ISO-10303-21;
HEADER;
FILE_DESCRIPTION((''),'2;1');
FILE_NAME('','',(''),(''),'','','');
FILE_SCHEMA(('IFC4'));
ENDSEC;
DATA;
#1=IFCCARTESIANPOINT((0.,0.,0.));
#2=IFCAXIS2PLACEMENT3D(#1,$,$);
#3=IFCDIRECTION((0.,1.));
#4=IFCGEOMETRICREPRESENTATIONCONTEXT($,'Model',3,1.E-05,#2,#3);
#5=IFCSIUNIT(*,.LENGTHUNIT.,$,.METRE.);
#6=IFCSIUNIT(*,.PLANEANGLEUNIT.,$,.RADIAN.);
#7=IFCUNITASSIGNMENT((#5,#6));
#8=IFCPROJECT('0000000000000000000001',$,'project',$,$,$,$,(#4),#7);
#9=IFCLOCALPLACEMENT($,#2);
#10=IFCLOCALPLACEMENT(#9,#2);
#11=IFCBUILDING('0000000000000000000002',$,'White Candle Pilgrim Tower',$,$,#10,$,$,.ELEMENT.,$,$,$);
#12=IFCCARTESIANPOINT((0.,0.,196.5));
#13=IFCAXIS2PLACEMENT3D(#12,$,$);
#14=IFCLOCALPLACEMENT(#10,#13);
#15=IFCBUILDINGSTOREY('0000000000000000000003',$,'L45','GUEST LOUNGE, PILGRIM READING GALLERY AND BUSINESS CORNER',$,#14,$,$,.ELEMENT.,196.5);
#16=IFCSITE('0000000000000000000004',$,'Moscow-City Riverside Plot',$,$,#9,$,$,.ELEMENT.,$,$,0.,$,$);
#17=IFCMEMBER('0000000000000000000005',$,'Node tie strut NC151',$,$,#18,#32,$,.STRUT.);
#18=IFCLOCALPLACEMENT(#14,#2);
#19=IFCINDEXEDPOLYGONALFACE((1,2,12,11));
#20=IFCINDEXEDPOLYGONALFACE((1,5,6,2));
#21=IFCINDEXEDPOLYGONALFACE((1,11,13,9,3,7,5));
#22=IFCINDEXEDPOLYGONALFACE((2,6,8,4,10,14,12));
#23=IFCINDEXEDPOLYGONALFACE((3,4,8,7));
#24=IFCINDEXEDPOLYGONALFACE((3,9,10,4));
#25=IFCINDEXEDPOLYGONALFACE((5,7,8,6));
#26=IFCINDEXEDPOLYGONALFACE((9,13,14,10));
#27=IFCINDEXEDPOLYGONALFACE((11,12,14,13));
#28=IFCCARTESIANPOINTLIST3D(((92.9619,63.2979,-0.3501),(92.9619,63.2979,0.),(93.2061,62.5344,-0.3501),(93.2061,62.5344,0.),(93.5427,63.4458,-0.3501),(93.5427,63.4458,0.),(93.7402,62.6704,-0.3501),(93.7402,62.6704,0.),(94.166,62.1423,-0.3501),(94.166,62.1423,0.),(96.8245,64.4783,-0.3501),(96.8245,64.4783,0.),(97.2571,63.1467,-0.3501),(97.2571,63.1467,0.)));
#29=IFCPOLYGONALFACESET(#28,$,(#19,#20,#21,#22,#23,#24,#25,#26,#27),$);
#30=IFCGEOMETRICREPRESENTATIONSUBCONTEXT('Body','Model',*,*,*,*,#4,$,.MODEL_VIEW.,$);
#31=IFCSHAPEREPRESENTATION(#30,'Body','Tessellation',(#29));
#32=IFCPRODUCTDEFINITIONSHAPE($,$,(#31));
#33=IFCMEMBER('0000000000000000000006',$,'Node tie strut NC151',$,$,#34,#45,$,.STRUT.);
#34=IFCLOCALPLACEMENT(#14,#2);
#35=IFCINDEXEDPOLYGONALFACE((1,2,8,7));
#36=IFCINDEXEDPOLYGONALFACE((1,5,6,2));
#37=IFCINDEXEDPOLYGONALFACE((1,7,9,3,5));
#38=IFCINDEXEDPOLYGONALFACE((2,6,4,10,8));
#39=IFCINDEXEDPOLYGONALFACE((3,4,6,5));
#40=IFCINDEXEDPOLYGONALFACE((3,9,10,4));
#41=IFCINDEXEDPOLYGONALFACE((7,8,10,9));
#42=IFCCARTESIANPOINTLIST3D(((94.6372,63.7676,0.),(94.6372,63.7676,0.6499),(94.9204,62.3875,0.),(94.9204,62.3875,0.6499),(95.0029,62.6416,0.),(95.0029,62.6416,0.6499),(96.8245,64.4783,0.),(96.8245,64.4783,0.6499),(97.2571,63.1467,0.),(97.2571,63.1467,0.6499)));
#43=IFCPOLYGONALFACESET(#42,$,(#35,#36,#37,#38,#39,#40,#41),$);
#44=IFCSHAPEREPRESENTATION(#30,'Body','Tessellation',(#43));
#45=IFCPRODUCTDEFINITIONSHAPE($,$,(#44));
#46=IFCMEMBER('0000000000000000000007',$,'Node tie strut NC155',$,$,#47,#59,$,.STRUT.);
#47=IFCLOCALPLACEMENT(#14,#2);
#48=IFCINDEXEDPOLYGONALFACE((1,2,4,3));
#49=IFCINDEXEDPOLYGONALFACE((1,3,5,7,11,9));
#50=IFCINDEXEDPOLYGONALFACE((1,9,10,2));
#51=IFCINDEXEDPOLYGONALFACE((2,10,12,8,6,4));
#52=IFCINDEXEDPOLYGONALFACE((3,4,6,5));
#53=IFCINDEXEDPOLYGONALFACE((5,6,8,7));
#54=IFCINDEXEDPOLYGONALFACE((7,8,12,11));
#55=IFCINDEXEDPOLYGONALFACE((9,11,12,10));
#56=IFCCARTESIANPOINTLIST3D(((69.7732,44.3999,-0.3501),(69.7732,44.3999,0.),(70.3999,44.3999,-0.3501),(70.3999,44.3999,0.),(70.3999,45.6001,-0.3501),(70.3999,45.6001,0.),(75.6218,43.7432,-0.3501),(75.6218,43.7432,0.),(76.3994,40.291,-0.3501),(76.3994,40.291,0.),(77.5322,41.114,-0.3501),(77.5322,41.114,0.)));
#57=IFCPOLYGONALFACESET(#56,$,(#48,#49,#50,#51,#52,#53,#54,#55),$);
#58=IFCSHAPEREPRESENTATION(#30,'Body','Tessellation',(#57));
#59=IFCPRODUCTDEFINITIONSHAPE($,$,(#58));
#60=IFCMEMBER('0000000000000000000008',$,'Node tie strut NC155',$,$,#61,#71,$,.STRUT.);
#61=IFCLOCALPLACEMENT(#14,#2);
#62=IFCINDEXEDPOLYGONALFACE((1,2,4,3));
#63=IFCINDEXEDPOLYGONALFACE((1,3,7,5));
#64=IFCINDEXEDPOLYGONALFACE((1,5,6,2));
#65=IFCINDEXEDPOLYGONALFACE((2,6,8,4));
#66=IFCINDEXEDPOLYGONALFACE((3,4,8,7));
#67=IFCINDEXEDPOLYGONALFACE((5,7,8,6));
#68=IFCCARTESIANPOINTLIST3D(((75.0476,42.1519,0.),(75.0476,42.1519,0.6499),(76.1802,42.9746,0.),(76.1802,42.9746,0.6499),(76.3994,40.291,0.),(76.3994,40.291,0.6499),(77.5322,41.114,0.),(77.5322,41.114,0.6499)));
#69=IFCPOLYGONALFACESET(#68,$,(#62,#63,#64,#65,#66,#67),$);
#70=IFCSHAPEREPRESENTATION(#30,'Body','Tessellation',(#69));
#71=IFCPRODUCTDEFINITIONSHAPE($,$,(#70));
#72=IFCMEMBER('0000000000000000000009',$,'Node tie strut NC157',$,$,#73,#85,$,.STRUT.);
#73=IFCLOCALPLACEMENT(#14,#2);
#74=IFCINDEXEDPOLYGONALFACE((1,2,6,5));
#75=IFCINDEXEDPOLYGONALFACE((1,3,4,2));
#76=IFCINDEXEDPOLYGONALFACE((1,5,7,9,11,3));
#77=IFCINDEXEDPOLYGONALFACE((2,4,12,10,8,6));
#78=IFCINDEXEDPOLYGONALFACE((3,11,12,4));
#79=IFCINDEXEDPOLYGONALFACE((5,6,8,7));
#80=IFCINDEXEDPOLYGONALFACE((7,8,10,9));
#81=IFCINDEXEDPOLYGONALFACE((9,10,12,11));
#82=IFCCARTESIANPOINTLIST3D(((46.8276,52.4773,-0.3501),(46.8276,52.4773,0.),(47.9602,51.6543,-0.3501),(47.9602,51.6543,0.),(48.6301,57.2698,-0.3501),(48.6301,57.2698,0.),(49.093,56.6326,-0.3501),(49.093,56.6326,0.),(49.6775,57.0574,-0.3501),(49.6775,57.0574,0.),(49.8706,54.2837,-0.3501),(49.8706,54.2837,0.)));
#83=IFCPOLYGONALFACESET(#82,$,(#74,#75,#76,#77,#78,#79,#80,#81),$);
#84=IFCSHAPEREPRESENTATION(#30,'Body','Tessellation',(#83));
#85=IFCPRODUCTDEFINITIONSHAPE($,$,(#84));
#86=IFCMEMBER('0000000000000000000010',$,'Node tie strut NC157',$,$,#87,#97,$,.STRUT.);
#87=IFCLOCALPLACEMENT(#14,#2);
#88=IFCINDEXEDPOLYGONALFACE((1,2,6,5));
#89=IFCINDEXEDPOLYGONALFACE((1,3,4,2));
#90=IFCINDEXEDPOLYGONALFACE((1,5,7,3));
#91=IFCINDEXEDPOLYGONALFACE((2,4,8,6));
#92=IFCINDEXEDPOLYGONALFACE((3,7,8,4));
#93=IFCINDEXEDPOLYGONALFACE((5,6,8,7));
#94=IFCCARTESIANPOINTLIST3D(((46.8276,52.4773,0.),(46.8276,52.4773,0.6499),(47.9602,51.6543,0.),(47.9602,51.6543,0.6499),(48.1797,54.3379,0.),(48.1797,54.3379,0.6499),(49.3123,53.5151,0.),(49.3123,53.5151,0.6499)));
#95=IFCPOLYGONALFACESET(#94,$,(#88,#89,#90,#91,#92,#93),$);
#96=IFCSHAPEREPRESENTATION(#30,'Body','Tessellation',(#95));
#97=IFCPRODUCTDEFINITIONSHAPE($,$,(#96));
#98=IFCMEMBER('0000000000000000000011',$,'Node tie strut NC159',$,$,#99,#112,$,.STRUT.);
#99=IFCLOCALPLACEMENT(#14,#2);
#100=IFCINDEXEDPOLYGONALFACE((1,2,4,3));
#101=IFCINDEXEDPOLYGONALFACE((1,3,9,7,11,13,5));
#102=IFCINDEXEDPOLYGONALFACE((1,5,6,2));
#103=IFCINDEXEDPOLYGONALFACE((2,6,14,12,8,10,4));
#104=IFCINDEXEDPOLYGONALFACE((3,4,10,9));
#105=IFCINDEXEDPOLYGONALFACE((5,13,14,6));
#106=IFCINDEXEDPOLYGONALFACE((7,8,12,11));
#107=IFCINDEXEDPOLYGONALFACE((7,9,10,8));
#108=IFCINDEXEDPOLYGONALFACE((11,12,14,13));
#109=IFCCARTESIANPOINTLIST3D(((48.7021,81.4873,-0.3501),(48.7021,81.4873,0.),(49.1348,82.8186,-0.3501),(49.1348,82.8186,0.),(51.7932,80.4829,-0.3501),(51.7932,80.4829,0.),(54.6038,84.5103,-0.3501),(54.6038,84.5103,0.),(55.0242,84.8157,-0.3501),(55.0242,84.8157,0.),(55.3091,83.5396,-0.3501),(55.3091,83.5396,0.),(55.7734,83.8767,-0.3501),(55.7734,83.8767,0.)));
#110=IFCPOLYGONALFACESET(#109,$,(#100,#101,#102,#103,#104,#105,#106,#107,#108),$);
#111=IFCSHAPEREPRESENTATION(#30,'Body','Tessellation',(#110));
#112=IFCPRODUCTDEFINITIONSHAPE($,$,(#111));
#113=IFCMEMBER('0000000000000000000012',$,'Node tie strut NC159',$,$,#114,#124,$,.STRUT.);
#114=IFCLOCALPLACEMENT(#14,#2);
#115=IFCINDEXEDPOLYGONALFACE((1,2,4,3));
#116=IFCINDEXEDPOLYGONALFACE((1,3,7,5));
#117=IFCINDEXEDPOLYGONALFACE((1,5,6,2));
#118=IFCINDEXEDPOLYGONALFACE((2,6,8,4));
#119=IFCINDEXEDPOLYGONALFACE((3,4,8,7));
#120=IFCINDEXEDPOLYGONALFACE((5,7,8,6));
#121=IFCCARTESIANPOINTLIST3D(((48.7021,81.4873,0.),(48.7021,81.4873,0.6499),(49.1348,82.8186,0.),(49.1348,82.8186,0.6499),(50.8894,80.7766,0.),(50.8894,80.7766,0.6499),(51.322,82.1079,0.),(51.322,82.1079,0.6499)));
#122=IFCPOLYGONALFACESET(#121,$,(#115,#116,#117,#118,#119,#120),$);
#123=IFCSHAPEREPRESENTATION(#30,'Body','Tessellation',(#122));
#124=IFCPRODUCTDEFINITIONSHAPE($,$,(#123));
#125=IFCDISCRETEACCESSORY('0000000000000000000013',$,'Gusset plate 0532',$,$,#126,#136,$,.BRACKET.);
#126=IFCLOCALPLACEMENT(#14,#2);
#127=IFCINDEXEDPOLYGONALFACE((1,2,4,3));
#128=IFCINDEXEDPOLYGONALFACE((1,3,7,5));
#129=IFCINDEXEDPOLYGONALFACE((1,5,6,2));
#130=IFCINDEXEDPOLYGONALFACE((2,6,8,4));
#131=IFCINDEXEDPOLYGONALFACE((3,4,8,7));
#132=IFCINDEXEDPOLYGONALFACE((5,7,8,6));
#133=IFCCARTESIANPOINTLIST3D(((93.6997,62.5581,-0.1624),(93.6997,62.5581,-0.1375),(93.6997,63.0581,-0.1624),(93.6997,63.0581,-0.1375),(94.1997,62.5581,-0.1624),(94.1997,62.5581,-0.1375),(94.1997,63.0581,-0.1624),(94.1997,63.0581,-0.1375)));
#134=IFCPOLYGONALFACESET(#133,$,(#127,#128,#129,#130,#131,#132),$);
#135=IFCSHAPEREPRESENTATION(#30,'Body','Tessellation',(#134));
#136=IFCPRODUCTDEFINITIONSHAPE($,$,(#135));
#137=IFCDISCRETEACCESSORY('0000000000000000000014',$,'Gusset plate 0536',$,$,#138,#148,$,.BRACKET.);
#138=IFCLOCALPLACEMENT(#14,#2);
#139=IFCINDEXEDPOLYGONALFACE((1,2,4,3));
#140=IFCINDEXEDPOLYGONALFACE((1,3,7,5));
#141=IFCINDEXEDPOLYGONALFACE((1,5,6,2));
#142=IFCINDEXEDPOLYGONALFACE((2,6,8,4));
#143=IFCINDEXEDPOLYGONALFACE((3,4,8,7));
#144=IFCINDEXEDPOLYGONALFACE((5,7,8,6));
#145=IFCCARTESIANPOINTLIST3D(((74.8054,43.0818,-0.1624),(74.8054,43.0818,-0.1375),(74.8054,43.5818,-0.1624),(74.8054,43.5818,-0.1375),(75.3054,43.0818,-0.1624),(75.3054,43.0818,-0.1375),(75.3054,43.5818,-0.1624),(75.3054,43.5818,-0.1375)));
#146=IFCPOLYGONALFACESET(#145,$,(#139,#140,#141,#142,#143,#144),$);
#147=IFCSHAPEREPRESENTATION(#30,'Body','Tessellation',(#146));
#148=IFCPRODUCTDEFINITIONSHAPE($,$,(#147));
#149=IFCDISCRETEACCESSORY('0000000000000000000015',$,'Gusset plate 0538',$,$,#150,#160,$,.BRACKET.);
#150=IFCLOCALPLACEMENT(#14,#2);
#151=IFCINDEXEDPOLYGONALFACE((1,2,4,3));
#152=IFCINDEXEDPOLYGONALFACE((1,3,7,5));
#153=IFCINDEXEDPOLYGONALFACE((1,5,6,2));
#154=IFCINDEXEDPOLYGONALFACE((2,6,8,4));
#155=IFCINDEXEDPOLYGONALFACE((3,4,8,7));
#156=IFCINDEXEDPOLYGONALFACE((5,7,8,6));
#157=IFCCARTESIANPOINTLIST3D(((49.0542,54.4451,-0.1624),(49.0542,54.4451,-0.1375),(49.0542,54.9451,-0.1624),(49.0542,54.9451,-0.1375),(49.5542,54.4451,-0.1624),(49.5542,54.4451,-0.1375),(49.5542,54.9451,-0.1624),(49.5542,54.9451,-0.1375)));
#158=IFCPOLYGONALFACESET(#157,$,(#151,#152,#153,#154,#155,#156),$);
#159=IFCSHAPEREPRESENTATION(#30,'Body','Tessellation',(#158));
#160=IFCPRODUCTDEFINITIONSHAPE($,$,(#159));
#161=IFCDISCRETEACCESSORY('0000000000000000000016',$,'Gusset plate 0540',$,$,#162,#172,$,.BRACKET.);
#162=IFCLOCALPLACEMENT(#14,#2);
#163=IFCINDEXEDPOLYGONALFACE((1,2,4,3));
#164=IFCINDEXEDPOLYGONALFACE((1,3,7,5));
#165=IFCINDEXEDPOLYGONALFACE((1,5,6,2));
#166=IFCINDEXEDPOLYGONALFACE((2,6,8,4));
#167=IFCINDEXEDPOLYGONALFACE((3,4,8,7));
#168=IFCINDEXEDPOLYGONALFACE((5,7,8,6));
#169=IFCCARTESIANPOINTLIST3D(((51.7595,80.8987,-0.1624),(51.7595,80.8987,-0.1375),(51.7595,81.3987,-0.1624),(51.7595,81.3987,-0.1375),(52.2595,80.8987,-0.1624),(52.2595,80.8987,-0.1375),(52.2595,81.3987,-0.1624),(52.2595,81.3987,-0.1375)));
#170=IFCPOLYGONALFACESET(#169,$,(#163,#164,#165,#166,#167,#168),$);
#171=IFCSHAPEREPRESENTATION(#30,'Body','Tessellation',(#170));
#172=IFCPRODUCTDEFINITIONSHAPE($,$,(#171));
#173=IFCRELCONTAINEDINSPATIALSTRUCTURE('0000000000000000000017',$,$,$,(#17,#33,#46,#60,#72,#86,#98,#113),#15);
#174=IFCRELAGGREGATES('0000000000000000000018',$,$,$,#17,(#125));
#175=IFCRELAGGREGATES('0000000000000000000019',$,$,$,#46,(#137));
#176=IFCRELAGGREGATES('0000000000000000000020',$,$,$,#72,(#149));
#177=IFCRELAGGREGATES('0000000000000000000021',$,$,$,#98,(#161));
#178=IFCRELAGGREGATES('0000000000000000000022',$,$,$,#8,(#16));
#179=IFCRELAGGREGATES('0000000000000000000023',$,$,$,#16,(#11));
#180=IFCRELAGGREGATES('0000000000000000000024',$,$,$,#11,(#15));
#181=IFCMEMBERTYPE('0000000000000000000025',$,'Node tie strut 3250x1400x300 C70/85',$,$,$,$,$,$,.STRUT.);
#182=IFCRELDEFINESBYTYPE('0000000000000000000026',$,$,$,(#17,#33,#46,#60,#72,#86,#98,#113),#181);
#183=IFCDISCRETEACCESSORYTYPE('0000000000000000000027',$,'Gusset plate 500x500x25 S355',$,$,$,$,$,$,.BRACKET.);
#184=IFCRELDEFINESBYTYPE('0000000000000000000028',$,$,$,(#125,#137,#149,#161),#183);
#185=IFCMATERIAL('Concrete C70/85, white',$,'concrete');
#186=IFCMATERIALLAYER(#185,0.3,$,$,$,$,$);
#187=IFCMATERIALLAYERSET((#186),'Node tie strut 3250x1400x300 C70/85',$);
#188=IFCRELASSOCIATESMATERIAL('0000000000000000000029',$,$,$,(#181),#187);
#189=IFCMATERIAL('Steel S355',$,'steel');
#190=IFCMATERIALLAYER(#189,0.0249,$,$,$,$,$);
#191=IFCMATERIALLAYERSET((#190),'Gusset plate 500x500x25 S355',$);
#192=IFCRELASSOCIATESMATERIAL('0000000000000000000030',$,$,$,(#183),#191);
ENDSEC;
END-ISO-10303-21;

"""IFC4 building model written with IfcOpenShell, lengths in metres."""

from ifc_helpers import new_model, si_unit, direction, frame, origin, origin_2d, place, context, subcontext, project, spatial, polyline, rectangle, outline, extrude, material, layer, layer_set, type_object, element, aggregate, save


model = new_model("IFC4")

# Units and contexts
model_context = context("Model", 3, precision=1e-05, world=origin(), true_north=direction((0.0, 1.0)))
body_context = subcontext(model_context, "Body", "Model", "MODEL_VIEW")
ifc_project = project(units=[si_unit("LENGTHUNIT", "METRE"), si_unit("PLANEANGLEUNIT", "RADIAN")], contexts=[model_context])

# Site, building, storey
site_placement = place(None, origin())
site = spatial("IfcSite", under=ifc_project, at=site_placement, Name="Moscow-City Riverside Plot", CompositionType="ELEMENT", RefElevation=0.0)
building_placement = place(site_placement, origin())
building = spatial("IfcBuilding", under=site, at=building_placement, Name="White Candle Pilgrim Tower", CompositionType="ELEMENT")
storey_placement = place(building_placement, frame((0.0, 0.0, 196.5)))
storey = spatial("IfcBuildingStorey", under=building, at=storey_placement, Name="L45", Description="GUEST LOUNGE, PILGRIM READING GALLERY AND BUSINESS CORNER", CompositionType="ELEMENT", Elevation=196.5)

# Members
ifc_material_1 = material(Name="Concrete C70/85, white", Category="concrete")
ifc_layer_1 = layer(ifc_material_1, 0.3)
ifc_layer_set_1 = layer_set([ifc_layer_1], Name="Node tie strut 3250x1400x300 C70/85")
member_type_1 = type_object("IfcMemberType", Name="Node tie strut 3250x1400x300 C70/85", PredefinedType="STRUT", material=ifc_layer_set_1)
member_1_placement = place(storey_placement, frame((0.0, 0.0, -0.3501)))
member_1 = element("IfcMember", 1, at=member_1_placement, inside=storey, type_object=member_type_1, Name="Node tie strut NC151", PredefinedType="STRUT", context=body_context, shape_type="SweptSolid", body=[
    extrude(outline(polyline([(94.166, 62.1423), (97.2571, 63.1467), (96.8245, 64.4783), (92.9619, 63.2979), (93.5427, 63.4458), (93.7402, 62.6704), (93.2061, 62.5344), (94.166, 62.1423)])), origin(), (0.0, 0.0, 1.0), 0.3501),
])
member_2_placement = place(storey_placement, origin())
element("IfcMember", 2, at=member_2_placement, inside=storey, type_object=member_type_1, Name="Node tie strut NC151", PredefinedType="STRUT", context=body_context, shape_type="SweptSolid", body=[
    extrude(outline(polyline([(94.9204, 62.3875), (97.2571, 63.1467), (96.8245, 64.4783), (94.6372, 63.7676), (95.0029, 62.6416), (94.9204, 62.3875)])), origin(), (0.0, 0.0, 1.0), 0.6499),
])
member_3_placement = place(storey_placement, frame((0.0, 0.0, -0.3501)))
member_3 = element("IfcMember", 3, at=member_3_placement, inside=storey, type_object=member_type_1, Name="Node tie strut NC155", PredefinedType="STRUT", context=body_context, shape_type="SweptSolid", body=[
    extrude(outline(polyline([(76.3994, 40.291), (77.5322, 41.114), (75.6218, 43.7432), (70.3999, 45.6001), (70.3999, 44.3999), (69.7732, 44.3999), (76.3994, 40.291)])), origin(), (0.0, 0.0, 1.0), 0.3501),
])
member_4_placement = place(storey_placement, origin())
element("IfcMember", 4, at=member_4_placement, inside=storey, type_object=member_type_1, Name="Node tie strut NC155", PredefinedType="STRUT", context=body_context, shape_type="SweptSolid", body=[
    extrude(outline(polyline([(76.3994, 40.291), (77.5322, 41.114), (76.1802, 42.9746), (75.0476, 42.1519), (76.3994, 40.291)])), origin(), (0.0, 0.0, 1.0), 0.6499),
])
member_5_placement = place(storey_placement, frame((0.0, 0.0, -0.3501)))
member_5 = element("IfcMember", 5, at=member_5_placement, inside=storey, type_object=member_type_1, Name="Node tie strut NC157", PredefinedType="STRUT", context=body_context, shape_type="SweptSolid", body=[
    extrude(outline(polyline([(47.9602, 51.6543), (49.8706, 54.2837), (49.6775, 57.0574), (49.093, 56.6326), (48.6301, 57.2698), (46.8276, 52.4773), (47.9602, 51.6543)])), origin(), (0.0, 0.0, 1.0), 0.3501),
])
member_6_placement = place(storey_placement, origin())
element("IfcMember", 6, at=member_6_placement, inside=storey, type_object=member_type_1, Name="Node tie strut NC157", PredefinedType="STRUT", context=body_context, shape_type="SweptSolid", body=[
    extrude(outline(polyline([(47.9602, 51.6543), (49.3123, 53.5151), (48.1797, 54.3379), (46.8276, 52.4773), (47.9602, 51.6543)])), origin(), (0.0, 0.0, 1.0), 0.6499),
])
member_7_placement = place(storey_placement, frame((0.0, 0.0, -0.3501)))
member_7 = element("IfcMember", 7, at=member_7_placement, inside=storey, type_object=member_type_1, Name="Node tie strut NC159", PredefinedType="STRUT", context=body_context, shape_type="SweptSolid", body=[
    extrude(outline(polyline([(51.7932, 80.4829), (55.7734, 83.8767), (55.3091, 83.5396), (54.6038, 84.5103), (55.0242, 84.8157), (49.1348, 82.8186), (48.7021, 81.4873), (51.7932, 80.4829)])), origin(), (0.0, 0.0, 1.0), 0.3501),
])
member_8_placement = place(storey_placement, origin())
element("IfcMember", 8, at=member_8_placement, inside=storey, type_object=member_type_1, Name="Node tie strut NC159", PredefinedType="STRUT", context=body_context, shape_type="SweptSolid", body=[
    extrude(outline(polyline([(50.8894, 80.7766), (51.322, 82.1079), (49.1348, 82.8186), (48.7021, 81.4873), (50.8894, 80.7766)])), origin(), (0.0, 0.0, 1.0), 0.6499),
])

# Discrete accessories
ifc_material_2 = material(Name="Steel S355", Category="steel")
ifc_layer_2 = layer(ifc_material_2, 0.0249)
ifc_layer_set_2 = layer_set([ifc_layer_2], Name="Gusset plate 500x500x25 S355")
discrete_accessory_type = type_object("IfcDiscreteAccessoryType", Name="Gusset plate 500x500x25 S355", PredefinedType="BRACKET", material=ifc_layer_set_2)
discrete_accessory_1_placement = place(storey_placement, frame((93.9497, 62.8081, -0.1624), z_axis=(0.0, 0.0, 1.0), x_axis=(1.0, 0.0, 0.0)))
discrete_accessory_1 = element("IfcDiscreteAccessory", 9, at=discrete_accessory_1_placement, type_object=discrete_accessory_type, Name="Gusset plate 0532", PredefinedType="BRACKET", context=body_context, shape_type="SweptSolid", body=[
    extrude(rectangle(XDim=0.5, YDim=0.5, at=origin_2d()), origin(), (0.0, 0.0, 1.0), 0.0249),
])
aggregate(member_1, [discrete_accessory_1])
discrete_accessory_2_placement = place(storey_placement, frame((75.0554, 43.3318, -0.1624), z_axis=(0.0, 0.0, 1.0), x_axis=(1.0, 0.0, 0.0)))
discrete_accessory_2 = element("IfcDiscreteAccessory", 10, at=discrete_accessory_2_placement, type_object=discrete_accessory_type, Name="Gusset plate 0536", PredefinedType="BRACKET", context=body_context, shape_type="SweptSolid", body=[
    extrude(rectangle(XDim=0.5, YDim=0.5, at=origin_2d()), origin(), (0.0, 0.0, 1.0), 0.0249),
])
aggregate(member_3, [discrete_accessory_2])
discrete_accessory_3_placement = place(storey_placement, frame((49.3042, 54.6951, -0.1624), z_axis=(0.0, 0.0, 1.0), x_axis=(1.0, 0.0, 0.0)))
discrete_accessory_3 = element("IfcDiscreteAccessory", 11, at=discrete_accessory_3_placement, type_object=discrete_accessory_type, Name="Gusset plate 0538", PredefinedType="BRACKET", context=body_context, shape_type="SweptSolid", body=[
    extrude(rectangle(XDim=0.5, YDim=0.5, at=origin_2d()), origin(), (0.0, 0.0, 1.0), 0.0249),
])
aggregate(member_5, [discrete_accessory_3])
discrete_accessory_4_placement = place(storey_placement, frame((52.0095, 81.1487, -0.1624), z_axis=(0.0, 0.0, 1.0), x_axis=(1.0, 0.0, 0.0)))
discrete_accessory_4 = element("IfcDiscreteAccessory", 12, at=discrete_accessory_4_placement, type_object=discrete_accessory_type, Name="Gusset plate 0540", PredefinedType="BRACKET", context=body_context, shape_type="SweptSolid", body=[
    extrude(rectangle(XDim=0.5, YDim=0.5, at=origin_2d()), origin(), (0.0, 0.0, 1.0), 0.0249),
])
aggregate(member_7, [discrete_accessory_4])

save(model, "model.ifc")
